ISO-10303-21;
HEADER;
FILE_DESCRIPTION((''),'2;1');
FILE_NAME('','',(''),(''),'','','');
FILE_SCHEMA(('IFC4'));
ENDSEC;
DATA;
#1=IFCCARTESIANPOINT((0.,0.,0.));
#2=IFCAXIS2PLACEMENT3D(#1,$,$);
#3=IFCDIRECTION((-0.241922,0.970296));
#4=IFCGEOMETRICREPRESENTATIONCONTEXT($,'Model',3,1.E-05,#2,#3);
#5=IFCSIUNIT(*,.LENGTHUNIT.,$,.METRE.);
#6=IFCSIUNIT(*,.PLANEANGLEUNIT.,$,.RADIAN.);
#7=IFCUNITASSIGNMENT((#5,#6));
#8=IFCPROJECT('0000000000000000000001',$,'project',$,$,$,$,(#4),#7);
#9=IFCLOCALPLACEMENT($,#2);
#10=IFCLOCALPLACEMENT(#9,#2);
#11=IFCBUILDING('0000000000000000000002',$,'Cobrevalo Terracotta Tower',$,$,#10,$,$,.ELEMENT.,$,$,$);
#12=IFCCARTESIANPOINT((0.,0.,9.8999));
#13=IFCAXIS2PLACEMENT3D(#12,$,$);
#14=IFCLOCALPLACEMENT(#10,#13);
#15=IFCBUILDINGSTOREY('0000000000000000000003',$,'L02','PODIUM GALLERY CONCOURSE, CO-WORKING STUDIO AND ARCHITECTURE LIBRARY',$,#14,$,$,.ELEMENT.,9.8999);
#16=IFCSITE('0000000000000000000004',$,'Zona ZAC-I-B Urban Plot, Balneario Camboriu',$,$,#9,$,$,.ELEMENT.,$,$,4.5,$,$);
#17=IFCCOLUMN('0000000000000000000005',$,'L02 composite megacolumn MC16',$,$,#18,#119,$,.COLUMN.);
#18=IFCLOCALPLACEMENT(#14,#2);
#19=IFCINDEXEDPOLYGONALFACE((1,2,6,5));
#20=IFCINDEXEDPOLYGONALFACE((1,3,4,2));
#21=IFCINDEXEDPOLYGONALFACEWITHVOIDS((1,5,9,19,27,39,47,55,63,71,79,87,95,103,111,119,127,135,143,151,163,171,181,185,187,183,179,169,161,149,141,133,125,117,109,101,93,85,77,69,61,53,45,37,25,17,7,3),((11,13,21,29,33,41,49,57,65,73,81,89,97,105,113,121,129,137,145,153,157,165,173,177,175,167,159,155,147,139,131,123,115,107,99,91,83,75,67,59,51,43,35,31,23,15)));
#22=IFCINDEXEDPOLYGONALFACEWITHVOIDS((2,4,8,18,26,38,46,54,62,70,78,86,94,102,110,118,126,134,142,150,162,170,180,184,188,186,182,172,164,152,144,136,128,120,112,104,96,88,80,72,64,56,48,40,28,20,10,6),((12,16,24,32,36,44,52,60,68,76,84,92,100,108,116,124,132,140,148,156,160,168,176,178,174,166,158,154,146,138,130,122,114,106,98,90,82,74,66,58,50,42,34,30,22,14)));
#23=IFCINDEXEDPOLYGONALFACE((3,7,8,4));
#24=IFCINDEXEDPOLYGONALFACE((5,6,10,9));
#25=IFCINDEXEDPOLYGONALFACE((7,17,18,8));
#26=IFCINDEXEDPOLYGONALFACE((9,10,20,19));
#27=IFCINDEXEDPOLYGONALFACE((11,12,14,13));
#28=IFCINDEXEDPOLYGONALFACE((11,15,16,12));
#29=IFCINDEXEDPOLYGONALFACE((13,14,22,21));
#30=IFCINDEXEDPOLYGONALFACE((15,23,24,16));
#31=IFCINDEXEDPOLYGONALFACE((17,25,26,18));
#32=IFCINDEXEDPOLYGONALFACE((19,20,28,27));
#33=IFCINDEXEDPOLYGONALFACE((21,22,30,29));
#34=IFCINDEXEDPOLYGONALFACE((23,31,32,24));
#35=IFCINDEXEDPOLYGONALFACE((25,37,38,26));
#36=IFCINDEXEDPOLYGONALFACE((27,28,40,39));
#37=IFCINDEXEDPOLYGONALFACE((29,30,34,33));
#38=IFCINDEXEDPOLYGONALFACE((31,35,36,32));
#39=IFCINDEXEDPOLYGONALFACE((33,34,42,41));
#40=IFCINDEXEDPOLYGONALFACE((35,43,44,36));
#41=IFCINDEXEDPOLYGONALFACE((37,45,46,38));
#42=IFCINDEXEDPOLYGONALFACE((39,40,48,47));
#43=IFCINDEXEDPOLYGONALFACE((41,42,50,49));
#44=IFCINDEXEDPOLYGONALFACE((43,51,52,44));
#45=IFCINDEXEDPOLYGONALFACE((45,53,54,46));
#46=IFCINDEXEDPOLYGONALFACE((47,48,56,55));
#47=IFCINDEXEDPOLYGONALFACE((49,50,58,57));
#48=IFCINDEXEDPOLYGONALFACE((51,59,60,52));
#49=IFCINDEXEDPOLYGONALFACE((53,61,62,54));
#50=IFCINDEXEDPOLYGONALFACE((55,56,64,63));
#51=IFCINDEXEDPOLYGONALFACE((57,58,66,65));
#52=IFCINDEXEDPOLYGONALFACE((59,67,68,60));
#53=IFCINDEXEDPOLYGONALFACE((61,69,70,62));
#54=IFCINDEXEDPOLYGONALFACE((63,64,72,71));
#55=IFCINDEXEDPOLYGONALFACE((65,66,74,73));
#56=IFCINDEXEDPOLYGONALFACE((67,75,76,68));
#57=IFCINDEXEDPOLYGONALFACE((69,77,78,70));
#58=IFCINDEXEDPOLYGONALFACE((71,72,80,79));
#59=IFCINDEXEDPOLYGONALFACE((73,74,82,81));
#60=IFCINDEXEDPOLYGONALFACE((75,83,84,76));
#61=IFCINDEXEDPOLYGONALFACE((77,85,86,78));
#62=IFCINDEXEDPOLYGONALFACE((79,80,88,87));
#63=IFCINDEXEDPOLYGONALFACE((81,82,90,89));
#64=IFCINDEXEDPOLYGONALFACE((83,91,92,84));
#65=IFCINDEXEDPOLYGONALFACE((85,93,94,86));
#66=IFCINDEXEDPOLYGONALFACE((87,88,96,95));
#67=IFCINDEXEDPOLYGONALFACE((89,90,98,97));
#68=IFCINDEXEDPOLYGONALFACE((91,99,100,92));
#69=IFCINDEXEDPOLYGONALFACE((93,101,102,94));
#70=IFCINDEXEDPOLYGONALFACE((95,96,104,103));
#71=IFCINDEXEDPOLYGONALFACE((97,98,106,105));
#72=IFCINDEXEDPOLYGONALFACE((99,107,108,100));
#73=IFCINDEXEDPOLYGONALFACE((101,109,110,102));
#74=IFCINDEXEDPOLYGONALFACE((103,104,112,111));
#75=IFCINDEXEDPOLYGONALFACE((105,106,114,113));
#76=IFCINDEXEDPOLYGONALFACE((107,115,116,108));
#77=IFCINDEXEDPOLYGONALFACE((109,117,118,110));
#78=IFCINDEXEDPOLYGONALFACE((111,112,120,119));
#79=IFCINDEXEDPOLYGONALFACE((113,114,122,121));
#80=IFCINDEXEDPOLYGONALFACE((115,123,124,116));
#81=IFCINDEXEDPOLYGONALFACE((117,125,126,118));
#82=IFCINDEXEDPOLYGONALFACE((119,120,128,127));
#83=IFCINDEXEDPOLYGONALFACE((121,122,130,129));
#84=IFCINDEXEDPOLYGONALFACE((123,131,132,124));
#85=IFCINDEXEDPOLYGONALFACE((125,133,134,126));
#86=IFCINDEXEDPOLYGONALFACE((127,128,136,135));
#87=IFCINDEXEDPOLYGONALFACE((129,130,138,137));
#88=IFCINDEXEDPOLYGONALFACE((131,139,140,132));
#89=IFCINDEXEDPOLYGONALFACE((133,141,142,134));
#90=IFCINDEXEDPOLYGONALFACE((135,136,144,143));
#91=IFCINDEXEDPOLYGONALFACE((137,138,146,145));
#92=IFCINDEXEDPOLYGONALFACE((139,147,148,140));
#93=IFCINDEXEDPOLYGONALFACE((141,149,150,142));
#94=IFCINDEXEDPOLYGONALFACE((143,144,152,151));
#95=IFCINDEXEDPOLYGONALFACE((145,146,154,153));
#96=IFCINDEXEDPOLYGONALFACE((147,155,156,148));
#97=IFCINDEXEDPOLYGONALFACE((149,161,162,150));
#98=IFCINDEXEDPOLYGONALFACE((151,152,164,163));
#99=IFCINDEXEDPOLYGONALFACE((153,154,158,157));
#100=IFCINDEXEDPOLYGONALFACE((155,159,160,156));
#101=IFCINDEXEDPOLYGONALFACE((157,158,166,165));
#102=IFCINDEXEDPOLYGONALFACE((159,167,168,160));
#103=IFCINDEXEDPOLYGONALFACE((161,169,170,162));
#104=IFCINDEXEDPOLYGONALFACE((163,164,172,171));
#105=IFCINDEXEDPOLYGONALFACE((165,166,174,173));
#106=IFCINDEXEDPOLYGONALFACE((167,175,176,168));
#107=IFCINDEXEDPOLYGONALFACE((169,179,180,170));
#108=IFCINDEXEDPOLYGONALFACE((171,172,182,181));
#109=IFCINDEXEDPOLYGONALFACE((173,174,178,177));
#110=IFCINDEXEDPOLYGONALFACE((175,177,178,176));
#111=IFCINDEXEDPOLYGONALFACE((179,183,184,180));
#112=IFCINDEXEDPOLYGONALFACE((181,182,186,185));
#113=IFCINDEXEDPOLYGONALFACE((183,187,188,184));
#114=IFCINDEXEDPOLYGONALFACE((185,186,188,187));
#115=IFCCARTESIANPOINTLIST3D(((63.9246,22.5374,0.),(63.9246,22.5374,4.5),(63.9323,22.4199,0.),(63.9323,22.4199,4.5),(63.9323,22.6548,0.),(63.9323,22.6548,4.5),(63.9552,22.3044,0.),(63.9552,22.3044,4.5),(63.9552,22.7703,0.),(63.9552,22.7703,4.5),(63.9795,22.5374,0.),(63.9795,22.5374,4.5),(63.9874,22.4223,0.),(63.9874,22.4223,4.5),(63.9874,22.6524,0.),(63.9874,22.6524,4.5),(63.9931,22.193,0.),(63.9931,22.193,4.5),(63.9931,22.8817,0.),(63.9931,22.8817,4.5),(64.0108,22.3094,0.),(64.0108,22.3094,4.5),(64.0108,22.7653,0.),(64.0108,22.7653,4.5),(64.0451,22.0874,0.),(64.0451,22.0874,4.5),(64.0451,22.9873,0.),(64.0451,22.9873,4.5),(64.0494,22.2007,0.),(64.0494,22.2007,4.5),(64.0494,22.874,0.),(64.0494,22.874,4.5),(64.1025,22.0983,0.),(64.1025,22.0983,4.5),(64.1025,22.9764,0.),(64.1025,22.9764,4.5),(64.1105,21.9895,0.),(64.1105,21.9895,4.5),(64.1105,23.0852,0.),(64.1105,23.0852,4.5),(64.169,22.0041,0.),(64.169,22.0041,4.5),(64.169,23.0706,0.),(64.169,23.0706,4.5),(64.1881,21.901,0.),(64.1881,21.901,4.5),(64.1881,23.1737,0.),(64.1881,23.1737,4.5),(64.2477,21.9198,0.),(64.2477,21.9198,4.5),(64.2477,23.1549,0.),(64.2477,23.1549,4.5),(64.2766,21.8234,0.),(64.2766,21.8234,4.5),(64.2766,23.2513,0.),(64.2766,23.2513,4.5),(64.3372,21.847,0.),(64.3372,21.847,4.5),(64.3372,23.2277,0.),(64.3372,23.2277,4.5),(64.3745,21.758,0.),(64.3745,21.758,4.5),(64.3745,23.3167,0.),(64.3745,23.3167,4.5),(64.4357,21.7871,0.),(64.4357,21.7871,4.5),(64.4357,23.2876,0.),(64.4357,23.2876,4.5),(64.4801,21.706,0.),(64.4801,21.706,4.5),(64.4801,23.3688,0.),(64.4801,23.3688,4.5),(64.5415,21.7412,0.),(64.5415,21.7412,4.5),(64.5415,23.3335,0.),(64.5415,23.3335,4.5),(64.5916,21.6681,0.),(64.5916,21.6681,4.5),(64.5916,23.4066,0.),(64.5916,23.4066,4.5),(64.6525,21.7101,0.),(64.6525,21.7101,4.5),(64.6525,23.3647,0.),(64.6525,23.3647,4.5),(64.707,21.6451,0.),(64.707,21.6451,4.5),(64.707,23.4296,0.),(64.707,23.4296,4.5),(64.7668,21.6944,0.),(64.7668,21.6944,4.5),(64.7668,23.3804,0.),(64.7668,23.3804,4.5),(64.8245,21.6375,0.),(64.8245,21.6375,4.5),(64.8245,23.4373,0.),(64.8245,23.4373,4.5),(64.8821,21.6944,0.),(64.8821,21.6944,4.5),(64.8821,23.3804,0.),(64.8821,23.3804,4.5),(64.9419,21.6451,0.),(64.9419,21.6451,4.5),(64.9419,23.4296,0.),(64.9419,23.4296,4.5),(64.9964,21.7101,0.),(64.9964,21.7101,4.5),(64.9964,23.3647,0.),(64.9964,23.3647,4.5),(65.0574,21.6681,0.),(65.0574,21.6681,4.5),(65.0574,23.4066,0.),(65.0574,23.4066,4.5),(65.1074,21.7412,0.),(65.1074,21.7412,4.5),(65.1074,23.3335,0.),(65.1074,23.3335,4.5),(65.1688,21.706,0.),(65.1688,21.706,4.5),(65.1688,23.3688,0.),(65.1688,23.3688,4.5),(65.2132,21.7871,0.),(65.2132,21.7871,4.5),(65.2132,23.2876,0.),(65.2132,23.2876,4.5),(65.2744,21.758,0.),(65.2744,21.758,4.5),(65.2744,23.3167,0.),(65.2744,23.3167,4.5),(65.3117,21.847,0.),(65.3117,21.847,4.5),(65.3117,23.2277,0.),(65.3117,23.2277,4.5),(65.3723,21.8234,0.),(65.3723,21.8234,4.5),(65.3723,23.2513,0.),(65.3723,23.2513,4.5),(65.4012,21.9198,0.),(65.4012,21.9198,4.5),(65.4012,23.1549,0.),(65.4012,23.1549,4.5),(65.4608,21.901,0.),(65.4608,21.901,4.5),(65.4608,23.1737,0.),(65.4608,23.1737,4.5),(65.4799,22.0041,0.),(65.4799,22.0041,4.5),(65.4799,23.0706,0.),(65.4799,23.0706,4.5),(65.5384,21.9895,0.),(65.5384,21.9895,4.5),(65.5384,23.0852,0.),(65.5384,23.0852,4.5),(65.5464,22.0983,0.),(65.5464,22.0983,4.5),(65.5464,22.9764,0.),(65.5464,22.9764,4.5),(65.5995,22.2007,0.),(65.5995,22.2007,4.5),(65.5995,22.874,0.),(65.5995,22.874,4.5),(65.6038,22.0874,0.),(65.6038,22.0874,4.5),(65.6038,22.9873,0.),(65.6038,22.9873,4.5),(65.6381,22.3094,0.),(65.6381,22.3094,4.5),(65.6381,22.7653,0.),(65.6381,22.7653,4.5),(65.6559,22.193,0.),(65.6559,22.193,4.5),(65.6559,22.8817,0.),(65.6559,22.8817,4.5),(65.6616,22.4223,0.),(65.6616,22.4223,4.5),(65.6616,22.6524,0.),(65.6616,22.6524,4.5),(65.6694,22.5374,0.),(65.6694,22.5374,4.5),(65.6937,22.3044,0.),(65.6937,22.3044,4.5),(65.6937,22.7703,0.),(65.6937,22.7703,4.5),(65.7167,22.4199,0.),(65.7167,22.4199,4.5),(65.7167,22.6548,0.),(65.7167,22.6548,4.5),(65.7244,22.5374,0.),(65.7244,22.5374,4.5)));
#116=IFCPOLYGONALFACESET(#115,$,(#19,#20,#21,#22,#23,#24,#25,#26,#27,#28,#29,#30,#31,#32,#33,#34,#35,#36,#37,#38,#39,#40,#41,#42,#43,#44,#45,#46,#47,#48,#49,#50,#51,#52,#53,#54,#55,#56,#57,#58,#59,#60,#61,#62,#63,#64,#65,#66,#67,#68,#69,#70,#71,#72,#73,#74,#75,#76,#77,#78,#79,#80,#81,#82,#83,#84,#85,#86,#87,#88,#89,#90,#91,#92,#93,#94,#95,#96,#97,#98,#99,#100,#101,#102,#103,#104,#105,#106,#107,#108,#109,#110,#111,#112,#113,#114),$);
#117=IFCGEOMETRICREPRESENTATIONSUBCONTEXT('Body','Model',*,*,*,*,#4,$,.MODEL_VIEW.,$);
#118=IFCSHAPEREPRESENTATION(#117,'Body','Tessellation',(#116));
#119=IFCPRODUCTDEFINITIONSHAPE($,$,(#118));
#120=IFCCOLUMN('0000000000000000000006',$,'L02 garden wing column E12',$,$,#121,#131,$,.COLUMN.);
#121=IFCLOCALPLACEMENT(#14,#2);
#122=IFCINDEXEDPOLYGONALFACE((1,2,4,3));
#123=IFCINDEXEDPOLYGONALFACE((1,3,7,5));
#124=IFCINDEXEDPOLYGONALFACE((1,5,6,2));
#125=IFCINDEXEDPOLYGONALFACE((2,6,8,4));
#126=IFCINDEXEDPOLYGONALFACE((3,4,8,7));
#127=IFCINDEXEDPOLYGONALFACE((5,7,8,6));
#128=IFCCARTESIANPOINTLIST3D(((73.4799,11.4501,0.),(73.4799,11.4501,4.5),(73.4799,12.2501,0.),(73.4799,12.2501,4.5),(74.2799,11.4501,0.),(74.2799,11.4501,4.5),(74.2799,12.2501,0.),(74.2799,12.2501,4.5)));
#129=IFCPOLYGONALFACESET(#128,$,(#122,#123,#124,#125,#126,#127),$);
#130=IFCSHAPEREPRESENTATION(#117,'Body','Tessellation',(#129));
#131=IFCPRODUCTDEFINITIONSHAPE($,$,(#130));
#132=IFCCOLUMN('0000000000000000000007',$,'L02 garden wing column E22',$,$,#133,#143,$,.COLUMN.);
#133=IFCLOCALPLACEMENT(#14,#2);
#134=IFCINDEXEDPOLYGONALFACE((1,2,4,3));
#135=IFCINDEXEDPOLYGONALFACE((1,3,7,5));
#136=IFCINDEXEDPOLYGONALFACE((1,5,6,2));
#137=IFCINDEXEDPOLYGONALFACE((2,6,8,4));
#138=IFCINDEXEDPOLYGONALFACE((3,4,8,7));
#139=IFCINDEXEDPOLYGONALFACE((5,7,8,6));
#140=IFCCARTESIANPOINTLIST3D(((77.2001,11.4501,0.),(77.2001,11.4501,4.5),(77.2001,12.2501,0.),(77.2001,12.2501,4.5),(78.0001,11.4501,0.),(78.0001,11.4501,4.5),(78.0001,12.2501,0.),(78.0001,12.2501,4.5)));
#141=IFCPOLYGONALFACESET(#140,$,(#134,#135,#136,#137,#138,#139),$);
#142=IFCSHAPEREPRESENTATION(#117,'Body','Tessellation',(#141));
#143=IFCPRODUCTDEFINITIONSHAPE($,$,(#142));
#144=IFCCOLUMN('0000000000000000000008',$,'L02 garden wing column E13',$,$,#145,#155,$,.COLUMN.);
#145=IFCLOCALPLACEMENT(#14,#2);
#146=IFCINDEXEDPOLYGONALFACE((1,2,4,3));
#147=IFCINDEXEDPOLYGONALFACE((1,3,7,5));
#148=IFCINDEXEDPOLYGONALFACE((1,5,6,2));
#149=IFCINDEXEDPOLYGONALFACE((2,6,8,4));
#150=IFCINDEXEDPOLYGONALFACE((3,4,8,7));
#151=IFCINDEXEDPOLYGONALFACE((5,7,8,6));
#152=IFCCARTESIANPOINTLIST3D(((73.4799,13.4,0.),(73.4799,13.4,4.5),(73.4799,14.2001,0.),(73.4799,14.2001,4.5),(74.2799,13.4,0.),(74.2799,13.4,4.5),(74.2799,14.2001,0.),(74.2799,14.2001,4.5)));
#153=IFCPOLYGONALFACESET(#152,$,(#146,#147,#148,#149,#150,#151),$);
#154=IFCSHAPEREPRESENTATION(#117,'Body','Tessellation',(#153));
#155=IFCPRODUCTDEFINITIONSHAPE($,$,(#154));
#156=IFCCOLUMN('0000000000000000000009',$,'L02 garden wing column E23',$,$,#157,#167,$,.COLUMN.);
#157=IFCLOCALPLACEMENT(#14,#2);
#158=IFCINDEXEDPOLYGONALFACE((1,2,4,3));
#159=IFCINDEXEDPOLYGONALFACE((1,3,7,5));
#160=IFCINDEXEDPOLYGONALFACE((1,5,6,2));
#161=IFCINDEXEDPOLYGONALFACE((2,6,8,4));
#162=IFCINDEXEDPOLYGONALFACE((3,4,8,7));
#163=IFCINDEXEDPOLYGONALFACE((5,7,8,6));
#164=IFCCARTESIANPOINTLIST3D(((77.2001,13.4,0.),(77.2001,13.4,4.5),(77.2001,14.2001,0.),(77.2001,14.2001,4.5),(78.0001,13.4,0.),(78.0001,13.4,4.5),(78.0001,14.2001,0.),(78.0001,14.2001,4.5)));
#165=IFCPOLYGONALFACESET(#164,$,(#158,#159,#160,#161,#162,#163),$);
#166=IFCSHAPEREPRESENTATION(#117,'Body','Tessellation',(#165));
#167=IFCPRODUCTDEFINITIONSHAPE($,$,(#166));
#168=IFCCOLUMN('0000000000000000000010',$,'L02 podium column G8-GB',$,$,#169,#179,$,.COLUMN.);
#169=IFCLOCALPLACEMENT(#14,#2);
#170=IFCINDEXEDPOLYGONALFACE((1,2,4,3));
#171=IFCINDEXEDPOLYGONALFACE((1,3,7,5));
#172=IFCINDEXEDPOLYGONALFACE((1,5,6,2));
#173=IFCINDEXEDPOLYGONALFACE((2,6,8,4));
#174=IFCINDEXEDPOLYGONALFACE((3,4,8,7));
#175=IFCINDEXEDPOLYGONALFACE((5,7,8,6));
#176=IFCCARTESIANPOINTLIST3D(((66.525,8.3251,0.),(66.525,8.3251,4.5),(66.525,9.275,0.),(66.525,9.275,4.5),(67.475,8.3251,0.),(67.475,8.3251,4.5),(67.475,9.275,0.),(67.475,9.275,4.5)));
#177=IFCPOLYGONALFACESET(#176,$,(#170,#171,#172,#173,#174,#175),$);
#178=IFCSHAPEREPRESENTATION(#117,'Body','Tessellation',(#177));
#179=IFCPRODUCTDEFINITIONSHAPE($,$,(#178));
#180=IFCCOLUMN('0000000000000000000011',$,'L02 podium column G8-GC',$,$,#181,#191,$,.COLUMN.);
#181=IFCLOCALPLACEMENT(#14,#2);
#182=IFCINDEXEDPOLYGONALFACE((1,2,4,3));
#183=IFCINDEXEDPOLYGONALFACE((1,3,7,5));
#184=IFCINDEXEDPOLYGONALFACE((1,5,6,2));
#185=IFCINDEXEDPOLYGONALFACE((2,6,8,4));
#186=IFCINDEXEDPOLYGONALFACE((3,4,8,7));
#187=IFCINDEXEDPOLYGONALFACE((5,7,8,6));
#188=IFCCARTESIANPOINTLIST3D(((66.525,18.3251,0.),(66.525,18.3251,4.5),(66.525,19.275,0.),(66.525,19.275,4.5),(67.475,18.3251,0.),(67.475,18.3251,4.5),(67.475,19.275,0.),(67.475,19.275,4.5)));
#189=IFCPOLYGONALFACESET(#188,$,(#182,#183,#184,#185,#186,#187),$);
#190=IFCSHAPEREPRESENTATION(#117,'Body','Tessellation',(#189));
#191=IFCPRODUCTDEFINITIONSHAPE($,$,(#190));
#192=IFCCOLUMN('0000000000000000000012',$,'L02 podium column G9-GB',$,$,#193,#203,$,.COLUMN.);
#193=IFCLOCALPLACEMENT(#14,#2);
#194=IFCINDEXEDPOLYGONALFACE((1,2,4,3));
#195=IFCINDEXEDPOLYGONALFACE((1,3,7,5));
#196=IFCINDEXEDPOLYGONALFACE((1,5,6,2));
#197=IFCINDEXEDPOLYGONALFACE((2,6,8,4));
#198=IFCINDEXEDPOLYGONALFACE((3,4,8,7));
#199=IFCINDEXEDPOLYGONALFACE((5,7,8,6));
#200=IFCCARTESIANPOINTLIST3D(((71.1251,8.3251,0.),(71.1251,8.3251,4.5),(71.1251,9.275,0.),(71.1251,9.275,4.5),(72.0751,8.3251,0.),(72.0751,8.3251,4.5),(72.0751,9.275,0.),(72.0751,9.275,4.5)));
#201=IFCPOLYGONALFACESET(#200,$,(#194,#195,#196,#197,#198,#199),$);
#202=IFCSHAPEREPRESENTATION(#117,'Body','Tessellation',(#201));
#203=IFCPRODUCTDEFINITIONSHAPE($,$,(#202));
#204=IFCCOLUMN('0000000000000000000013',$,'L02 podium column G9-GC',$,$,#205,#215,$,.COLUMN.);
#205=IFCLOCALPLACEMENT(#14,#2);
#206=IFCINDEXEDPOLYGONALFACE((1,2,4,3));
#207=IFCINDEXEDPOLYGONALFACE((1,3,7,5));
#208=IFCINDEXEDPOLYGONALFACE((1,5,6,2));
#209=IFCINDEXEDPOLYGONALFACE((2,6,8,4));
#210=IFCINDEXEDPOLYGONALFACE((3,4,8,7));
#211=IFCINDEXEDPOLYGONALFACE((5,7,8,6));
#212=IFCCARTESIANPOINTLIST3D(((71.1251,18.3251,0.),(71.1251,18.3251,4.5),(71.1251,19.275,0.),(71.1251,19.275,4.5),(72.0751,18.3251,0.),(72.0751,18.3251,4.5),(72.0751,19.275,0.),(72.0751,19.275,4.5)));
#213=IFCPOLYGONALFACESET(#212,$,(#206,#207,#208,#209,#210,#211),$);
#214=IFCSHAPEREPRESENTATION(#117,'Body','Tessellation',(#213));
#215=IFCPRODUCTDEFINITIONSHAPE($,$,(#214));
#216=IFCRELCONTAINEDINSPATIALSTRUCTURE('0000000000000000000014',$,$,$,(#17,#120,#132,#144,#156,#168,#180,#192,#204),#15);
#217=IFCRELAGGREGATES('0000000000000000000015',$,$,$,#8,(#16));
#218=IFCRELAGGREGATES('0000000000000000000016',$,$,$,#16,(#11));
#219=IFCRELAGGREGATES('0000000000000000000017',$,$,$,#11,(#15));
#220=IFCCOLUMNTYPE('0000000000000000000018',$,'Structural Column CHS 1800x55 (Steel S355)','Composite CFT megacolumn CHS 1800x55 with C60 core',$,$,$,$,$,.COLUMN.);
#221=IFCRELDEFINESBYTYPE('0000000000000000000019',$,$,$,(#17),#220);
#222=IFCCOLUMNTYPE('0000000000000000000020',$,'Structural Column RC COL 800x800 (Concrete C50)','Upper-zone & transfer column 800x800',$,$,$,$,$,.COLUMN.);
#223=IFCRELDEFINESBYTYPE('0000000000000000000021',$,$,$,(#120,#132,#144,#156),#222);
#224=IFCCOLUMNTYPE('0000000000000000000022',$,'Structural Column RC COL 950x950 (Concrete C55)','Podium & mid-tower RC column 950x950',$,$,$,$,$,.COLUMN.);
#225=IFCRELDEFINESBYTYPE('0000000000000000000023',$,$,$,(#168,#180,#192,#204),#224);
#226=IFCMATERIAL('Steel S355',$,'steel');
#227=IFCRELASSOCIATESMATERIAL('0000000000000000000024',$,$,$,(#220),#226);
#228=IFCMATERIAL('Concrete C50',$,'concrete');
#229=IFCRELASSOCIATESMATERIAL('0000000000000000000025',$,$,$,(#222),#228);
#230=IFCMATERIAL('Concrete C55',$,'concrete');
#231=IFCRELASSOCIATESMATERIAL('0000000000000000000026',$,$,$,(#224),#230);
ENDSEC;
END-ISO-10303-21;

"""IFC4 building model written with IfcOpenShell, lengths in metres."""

from ifc_helpers import new_model, si_unit, direction, frame, origin, origin_2d, place, context, subcontext, project, spatial, rectangle, hollow_circle, extrude, material, material_profile, profile_set, type_object, element, save


model = new_model("IFC4")

# Units and contexts
model_context = context("Model", 3, precision=1e-05, world=origin(), true_north=direction((-0.241922, 0.970296)))
body_context = subcontext(model_context, "Body", "Model", "MODEL_VIEW")
ifc_project = project(units=[si_unit("LENGTHUNIT", "METRE"), si_unit("PLANEANGLEUNIT", "RADIAN")], contexts=[model_context])

# Site, building, storey
site_placement = place(None, origin())
site = spatial("IfcSite", under=ifc_project, at=site_placement, Name="Zona ZAC-I-B Urban Plot, Balneario Camboriu", CompositionType="ELEMENT", RefElevation=4.5)
building_placement = place(site_placement, origin())
building = spatial("IfcBuilding", under=site, at=building_placement, Name="Cobrevalo Terracotta Tower", CompositionType="ELEMENT")
storey_placement = place(building_placement, frame((0.0, 0.0, 9.8999)))
storey = spatial("IfcBuildingStorey", under=building, at=storey_placement, Name="L02", Description="PODIUM GALLERY CONCOURSE, CO-WORKING STUDIO AND ARCHITECTURE LIBRARY", CompositionType="ELEMENT", Elevation=9.8999)

# Columns
ifc_material_1 = material(Name="Steel S355", Category="steel")
ifc_material_profile_1 = material_profile(ifc_material_1, hollow_circle(Radius=0.8999, WallThickness=0.0549, at=origin_2d()), Name="CHS 1800x55")
ifc_profile_set_1 = profile_set([ifc_material_profile_1], Name="Steel S355")
column_type_1 = type_object("IfcColumnType", Name="Structural Column CHS 1800x55 (Steel S355)", Description="Composite CFT megacolumn CHS 1800x55 with C60 core", PredefinedType="COLUMN", material=ifc_profile_set_1)
for number, where, z_axis, x_axis, name in (
    (1, (64.8245, 22.5374, 0.0), (0.0, 0.0, 1.0), (1.0, 0.0, 0.0), "L02 composite megacolumn MC16"),
):
    element("IfcColumn", number, at=place(storey_placement, frame(where, z_axis=z_axis, x_axis=x_axis)), inside=storey, type_object=column_type_1, Name=name, PredefinedType="COLUMN", context=body_context, shape_type="SweptSolid", body=[
        extrude(hollow_circle(Radius=0.8999, WallThickness=0.0549, at=origin_2d()), origin(), (0.0, 0.0, 1.0), 4.5),
    ])
ifc_material_2 = material(Name="Concrete C50", Category="concrete")
ifc_material_profile_2 = material_profile(ifc_material_2, rectangle(XDim=0.8, YDim=0.8, at=origin_2d()), Name="RC COL 800x800")
ifc_profile_set_2 = profile_set([ifc_material_profile_2], Name="Concrete C50")
column_type_2 = type_object("IfcColumnType", Name="Structural Column RC COL 800x800 (Concrete C50)", Description="Upper-zone & transfer column 800x800", PredefinedType="COLUMN", material=ifc_profile_set_2)
for number, where, z_axis, x_axis, name in (
    (2, (73.8799, 11.8501, 0.0), (0.0, 0.0, 1.0), (1.0, 0.0, 0.0), "L02 garden wing column E12"),
    (3, (77.6001, 11.8501, 0.0), (0.0, 0.0, 1.0), (1.0, 0.0, 0.0), "L02 garden wing column E22"),
    (4, (73.8799, 13.8, 0.0), (0.0, 0.0, 1.0), (1.0, 0.0, 0.0), "L02 garden wing column E13"),
    (5, (77.6001, 13.8, 0.0), (0.0, 0.0, 1.0), (1.0, 0.0, 0.0), "L02 garden wing column E23"),
):
    element("IfcColumn", number, at=place(storey_placement, frame(where, z_axis=z_axis, x_axis=x_axis)), inside=storey, type_object=column_type_2, Name=name, PredefinedType="COLUMN", context=body_context, shape_type="SweptSolid", body=[
        extrude(rectangle(XDim=0.8, YDim=0.8, at=origin_2d()), origin(), (0.0, 0.0, 1.0), 4.5),
    ])
ifc_material_3 = material(Name="Concrete C55", Category="concrete")
ifc_material_profile_3 = material_profile(ifc_material_3, rectangle(XDim=0.95, YDim=0.95, at=origin_2d()), Name="RC COL 950x950")
ifc_profile_set_3 = profile_set([ifc_material_profile_3], Name="Concrete C55")
column_type_3 = type_object("IfcColumnType", Name="Structural Column RC COL 950x950 (Concrete C55)", Description="Podium & mid-tower RC column 950x950", PredefinedType="COLUMN", material=ifc_profile_set_3)
for number, where, z_axis, x_axis, name in (
    (6, (67.0, 8.8, 0.0), (0.0, 0.0, 1.0), (1.0, 0.0, 0.0), "L02 podium column G8-GB"),
    (7, (67.0, 18.8, 0.0), (0.0, 0.0, 1.0), (1.0, 0.0, 0.0), "L02 podium column G8-GC"),
    (8, (71.6001, 8.8, 0.0), (0.0, 0.0, 1.0), (1.0, 0.0, 0.0), "L02 podium column G9-GB"),
    (9, (71.6001, 18.8, 0.0), (0.0, 0.0, 1.0), (1.0, 0.0, 0.0), "L02 podium column G9-GC"),
):
    element("IfcColumn", number, at=place(storey_placement, frame(where, z_axis=z_axis, x_axis=x_axis)), inside=storey, type_object=column_type_3, Name=name, PredefinedType="COLUMN", context=body_context, shape_type="SweptSolid", body=[
        extrude(rectangle(XDim=0.95, YDim=0.95, at=origin_2d()), origin(), (0.0, 0.0, 1.0), 4.5),
    ])

save(model, "model.ifc")
